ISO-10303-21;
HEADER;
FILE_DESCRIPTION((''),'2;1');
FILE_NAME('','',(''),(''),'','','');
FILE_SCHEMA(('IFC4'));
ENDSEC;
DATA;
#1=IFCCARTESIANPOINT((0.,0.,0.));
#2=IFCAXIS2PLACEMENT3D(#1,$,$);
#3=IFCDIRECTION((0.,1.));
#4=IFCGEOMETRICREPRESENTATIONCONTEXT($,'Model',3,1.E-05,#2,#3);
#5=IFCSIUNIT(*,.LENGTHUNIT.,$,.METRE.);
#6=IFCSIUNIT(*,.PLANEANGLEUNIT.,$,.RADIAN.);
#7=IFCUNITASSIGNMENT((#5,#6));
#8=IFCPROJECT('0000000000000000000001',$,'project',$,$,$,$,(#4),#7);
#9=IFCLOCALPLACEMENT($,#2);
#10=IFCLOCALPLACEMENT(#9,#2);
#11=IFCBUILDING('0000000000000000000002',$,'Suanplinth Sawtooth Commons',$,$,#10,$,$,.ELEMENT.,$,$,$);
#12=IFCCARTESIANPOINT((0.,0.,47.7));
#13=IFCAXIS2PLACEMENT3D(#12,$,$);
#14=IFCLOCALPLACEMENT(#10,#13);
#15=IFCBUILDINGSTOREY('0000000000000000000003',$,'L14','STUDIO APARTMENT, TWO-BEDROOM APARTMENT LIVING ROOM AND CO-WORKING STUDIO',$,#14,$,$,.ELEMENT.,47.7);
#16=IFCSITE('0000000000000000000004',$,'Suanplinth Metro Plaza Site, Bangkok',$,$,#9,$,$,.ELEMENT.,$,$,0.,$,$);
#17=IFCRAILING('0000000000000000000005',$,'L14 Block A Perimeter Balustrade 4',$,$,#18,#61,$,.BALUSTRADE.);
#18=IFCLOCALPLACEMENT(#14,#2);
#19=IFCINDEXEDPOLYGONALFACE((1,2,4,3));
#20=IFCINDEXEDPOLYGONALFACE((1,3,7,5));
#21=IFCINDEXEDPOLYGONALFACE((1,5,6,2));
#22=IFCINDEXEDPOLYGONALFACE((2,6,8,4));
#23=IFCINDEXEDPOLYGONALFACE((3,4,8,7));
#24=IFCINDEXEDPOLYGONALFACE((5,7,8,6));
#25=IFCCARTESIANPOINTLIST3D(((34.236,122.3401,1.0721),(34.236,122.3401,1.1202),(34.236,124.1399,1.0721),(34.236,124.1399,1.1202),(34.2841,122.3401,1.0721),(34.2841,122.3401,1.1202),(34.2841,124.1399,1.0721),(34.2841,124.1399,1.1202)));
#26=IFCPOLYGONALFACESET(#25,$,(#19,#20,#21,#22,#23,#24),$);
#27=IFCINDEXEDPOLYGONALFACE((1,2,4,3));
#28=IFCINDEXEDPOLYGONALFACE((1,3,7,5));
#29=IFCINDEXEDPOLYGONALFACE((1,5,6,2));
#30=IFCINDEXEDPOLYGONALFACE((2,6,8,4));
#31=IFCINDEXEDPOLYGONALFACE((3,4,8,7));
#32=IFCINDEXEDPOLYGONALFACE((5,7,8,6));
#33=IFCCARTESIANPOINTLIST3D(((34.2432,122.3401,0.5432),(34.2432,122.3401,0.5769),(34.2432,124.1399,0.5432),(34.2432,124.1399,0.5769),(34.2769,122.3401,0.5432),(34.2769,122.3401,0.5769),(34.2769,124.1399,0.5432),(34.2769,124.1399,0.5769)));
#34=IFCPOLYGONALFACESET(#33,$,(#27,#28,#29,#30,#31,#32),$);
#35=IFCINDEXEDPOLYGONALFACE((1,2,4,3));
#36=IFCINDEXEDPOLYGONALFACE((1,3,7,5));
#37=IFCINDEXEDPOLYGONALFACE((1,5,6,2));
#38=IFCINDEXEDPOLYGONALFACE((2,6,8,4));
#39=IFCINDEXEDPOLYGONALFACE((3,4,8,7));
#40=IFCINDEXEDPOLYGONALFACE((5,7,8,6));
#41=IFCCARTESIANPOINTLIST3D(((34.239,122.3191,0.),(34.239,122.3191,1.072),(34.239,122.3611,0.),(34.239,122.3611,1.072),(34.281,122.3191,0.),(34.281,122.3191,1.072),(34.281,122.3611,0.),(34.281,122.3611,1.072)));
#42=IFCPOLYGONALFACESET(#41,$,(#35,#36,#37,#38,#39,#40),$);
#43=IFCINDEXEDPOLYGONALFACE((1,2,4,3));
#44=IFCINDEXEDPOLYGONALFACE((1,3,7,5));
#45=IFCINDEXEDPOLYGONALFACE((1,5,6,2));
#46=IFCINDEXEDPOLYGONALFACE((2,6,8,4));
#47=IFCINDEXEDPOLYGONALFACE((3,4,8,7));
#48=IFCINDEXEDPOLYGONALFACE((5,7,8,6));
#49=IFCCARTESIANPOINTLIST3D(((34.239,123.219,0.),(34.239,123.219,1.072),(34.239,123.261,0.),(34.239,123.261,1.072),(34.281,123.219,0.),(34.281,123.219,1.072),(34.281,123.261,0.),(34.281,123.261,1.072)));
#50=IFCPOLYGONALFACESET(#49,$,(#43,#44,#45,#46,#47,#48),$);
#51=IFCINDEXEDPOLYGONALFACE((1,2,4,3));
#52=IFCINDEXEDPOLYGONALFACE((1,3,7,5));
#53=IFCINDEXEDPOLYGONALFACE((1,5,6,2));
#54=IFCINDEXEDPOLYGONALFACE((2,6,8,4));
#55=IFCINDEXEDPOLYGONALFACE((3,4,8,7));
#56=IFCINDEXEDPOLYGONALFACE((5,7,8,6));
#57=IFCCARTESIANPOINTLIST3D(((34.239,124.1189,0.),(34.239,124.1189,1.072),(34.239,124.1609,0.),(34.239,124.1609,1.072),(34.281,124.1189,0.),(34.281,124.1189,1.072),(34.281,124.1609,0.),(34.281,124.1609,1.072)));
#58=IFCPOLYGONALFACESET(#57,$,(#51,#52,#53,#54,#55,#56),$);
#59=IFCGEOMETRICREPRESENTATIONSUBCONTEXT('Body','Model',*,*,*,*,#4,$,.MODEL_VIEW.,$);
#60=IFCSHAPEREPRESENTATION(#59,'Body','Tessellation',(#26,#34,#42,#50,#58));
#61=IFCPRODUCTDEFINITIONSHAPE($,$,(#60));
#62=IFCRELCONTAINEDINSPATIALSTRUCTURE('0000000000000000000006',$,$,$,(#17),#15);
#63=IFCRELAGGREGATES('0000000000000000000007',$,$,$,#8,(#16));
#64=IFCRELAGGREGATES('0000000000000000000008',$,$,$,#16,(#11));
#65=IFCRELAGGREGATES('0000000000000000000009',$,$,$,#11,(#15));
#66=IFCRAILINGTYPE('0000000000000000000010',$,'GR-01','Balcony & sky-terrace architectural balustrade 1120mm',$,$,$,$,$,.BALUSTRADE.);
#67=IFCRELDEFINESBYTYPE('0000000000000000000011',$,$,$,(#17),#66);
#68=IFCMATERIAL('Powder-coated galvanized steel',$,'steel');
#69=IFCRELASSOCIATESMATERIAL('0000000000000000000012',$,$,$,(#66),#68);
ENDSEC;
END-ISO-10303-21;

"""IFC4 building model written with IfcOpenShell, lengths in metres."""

from ifc_helpers import new_model, si_unit, direction, frame, origin, origin_2d, place, context, subcontext, project, spatial, rectangle, extrude, material, type_object, element, save


model = new_model("IFC4")

# Units and contexts
model_context = context("Model", 3, precision=1e-05, world=origin(), true_north=direction((0.0, 1.0)))
body_context = subcontext(model_context, "Body", "Model", "MODEL_VIEW")
ifc_project = project(units=[si_unit("LENGTHUNIT", "METRE"), si_unit("PLANEANGLEUNIT", "RADIAN")], contexts=[model_context])

# Site, building, storey
site_placement = place(None, origin())
site = spatial("IfcSite", under=ifc_project, at=site_placement, Name="Suanplinth Metro Plaza Site, Bangkok", CompositionType="ELEMENT", RefElevation=0.0)
building_placement = place(site_placement, origin())
building = spatial("IfcBuilding", under=site, at=building_placement, Name="Suanplinth Sawtooth Commons", CompositionType="ELEMENT")
storey_placement = place(building_placement, frame((0.0, 0.0, 47.7)))
storey = spatial("IfcBuildingStorey", under=building, at=storey_placement, Name="L14", Description="STUDIO APARTMENT, TWO-BEDROOM APARTMENT LIVING ROOM AND CO-WORKING STUDIO", CompositionType="ELEMENT", Elevation=47.7)

# Railing
ifc_material_1 = material(Name="Powder-coated galvanized steel", Category="steel")
railing_type = type_object("IfcRailingType", Name="GR-01", Description="Balcony & sky-terrace architectural balustrade 1120mm", PredefinedType="BALUSTRADE", material=ifc_material_1)
railing_1_placement = place(storey_placement, frame((34.26, 122.3401, 0.0)))
element("IfcRailing", 1, at=railing_1_placement, inside=storey, type_object=railing_type, Name="L14 Block A Perimeter Balustrade 4", PredefinedType="BALUSTRADE", context=body_context, shape_type="SweptSolid", body=[
    extrude(rectangle(XDim=0.0481, YDim=0.0481, at=origin_2d()), frame((0.0, 0.0, 1.0962), z_axis=(0.0, 1.0, 0.0), x_axis=(-1.0, 0.0, 0.0)), (0.0, 0.0, 1.0), 1.7998),
    extrude(rectangle(XDim=0.0337, YDim=0.0337, at=origin_2d()), frame((0.0, 0.0, 0.5601), z_axis=(0.0, 1.0, 0.0), x_axis=(-1.0, 0.0, 0.0)), (0.0, 0.0, 1.0), 1.7998),
    extrude(rectangle(XDim=0.042, YDim=0.042, at=origin_2d()), origin(), (0.0, 0.0, 1.0), 1.072),
    extrude(rectangle(XDim=0.042, YDim=0.042, at=origin_2d()), frame((0.0, 0.8999, 0.0)), (0.0, 0.0, 1.0), 1.072),
    extrude(rectangle(XDim=0.042, YDim=0.042, at=origin_2d()), frame((0.0, 1.7998, 0.0)), (0.0, 0.0, 1.0), 1.072),
])

save(model, "model.ifc")
